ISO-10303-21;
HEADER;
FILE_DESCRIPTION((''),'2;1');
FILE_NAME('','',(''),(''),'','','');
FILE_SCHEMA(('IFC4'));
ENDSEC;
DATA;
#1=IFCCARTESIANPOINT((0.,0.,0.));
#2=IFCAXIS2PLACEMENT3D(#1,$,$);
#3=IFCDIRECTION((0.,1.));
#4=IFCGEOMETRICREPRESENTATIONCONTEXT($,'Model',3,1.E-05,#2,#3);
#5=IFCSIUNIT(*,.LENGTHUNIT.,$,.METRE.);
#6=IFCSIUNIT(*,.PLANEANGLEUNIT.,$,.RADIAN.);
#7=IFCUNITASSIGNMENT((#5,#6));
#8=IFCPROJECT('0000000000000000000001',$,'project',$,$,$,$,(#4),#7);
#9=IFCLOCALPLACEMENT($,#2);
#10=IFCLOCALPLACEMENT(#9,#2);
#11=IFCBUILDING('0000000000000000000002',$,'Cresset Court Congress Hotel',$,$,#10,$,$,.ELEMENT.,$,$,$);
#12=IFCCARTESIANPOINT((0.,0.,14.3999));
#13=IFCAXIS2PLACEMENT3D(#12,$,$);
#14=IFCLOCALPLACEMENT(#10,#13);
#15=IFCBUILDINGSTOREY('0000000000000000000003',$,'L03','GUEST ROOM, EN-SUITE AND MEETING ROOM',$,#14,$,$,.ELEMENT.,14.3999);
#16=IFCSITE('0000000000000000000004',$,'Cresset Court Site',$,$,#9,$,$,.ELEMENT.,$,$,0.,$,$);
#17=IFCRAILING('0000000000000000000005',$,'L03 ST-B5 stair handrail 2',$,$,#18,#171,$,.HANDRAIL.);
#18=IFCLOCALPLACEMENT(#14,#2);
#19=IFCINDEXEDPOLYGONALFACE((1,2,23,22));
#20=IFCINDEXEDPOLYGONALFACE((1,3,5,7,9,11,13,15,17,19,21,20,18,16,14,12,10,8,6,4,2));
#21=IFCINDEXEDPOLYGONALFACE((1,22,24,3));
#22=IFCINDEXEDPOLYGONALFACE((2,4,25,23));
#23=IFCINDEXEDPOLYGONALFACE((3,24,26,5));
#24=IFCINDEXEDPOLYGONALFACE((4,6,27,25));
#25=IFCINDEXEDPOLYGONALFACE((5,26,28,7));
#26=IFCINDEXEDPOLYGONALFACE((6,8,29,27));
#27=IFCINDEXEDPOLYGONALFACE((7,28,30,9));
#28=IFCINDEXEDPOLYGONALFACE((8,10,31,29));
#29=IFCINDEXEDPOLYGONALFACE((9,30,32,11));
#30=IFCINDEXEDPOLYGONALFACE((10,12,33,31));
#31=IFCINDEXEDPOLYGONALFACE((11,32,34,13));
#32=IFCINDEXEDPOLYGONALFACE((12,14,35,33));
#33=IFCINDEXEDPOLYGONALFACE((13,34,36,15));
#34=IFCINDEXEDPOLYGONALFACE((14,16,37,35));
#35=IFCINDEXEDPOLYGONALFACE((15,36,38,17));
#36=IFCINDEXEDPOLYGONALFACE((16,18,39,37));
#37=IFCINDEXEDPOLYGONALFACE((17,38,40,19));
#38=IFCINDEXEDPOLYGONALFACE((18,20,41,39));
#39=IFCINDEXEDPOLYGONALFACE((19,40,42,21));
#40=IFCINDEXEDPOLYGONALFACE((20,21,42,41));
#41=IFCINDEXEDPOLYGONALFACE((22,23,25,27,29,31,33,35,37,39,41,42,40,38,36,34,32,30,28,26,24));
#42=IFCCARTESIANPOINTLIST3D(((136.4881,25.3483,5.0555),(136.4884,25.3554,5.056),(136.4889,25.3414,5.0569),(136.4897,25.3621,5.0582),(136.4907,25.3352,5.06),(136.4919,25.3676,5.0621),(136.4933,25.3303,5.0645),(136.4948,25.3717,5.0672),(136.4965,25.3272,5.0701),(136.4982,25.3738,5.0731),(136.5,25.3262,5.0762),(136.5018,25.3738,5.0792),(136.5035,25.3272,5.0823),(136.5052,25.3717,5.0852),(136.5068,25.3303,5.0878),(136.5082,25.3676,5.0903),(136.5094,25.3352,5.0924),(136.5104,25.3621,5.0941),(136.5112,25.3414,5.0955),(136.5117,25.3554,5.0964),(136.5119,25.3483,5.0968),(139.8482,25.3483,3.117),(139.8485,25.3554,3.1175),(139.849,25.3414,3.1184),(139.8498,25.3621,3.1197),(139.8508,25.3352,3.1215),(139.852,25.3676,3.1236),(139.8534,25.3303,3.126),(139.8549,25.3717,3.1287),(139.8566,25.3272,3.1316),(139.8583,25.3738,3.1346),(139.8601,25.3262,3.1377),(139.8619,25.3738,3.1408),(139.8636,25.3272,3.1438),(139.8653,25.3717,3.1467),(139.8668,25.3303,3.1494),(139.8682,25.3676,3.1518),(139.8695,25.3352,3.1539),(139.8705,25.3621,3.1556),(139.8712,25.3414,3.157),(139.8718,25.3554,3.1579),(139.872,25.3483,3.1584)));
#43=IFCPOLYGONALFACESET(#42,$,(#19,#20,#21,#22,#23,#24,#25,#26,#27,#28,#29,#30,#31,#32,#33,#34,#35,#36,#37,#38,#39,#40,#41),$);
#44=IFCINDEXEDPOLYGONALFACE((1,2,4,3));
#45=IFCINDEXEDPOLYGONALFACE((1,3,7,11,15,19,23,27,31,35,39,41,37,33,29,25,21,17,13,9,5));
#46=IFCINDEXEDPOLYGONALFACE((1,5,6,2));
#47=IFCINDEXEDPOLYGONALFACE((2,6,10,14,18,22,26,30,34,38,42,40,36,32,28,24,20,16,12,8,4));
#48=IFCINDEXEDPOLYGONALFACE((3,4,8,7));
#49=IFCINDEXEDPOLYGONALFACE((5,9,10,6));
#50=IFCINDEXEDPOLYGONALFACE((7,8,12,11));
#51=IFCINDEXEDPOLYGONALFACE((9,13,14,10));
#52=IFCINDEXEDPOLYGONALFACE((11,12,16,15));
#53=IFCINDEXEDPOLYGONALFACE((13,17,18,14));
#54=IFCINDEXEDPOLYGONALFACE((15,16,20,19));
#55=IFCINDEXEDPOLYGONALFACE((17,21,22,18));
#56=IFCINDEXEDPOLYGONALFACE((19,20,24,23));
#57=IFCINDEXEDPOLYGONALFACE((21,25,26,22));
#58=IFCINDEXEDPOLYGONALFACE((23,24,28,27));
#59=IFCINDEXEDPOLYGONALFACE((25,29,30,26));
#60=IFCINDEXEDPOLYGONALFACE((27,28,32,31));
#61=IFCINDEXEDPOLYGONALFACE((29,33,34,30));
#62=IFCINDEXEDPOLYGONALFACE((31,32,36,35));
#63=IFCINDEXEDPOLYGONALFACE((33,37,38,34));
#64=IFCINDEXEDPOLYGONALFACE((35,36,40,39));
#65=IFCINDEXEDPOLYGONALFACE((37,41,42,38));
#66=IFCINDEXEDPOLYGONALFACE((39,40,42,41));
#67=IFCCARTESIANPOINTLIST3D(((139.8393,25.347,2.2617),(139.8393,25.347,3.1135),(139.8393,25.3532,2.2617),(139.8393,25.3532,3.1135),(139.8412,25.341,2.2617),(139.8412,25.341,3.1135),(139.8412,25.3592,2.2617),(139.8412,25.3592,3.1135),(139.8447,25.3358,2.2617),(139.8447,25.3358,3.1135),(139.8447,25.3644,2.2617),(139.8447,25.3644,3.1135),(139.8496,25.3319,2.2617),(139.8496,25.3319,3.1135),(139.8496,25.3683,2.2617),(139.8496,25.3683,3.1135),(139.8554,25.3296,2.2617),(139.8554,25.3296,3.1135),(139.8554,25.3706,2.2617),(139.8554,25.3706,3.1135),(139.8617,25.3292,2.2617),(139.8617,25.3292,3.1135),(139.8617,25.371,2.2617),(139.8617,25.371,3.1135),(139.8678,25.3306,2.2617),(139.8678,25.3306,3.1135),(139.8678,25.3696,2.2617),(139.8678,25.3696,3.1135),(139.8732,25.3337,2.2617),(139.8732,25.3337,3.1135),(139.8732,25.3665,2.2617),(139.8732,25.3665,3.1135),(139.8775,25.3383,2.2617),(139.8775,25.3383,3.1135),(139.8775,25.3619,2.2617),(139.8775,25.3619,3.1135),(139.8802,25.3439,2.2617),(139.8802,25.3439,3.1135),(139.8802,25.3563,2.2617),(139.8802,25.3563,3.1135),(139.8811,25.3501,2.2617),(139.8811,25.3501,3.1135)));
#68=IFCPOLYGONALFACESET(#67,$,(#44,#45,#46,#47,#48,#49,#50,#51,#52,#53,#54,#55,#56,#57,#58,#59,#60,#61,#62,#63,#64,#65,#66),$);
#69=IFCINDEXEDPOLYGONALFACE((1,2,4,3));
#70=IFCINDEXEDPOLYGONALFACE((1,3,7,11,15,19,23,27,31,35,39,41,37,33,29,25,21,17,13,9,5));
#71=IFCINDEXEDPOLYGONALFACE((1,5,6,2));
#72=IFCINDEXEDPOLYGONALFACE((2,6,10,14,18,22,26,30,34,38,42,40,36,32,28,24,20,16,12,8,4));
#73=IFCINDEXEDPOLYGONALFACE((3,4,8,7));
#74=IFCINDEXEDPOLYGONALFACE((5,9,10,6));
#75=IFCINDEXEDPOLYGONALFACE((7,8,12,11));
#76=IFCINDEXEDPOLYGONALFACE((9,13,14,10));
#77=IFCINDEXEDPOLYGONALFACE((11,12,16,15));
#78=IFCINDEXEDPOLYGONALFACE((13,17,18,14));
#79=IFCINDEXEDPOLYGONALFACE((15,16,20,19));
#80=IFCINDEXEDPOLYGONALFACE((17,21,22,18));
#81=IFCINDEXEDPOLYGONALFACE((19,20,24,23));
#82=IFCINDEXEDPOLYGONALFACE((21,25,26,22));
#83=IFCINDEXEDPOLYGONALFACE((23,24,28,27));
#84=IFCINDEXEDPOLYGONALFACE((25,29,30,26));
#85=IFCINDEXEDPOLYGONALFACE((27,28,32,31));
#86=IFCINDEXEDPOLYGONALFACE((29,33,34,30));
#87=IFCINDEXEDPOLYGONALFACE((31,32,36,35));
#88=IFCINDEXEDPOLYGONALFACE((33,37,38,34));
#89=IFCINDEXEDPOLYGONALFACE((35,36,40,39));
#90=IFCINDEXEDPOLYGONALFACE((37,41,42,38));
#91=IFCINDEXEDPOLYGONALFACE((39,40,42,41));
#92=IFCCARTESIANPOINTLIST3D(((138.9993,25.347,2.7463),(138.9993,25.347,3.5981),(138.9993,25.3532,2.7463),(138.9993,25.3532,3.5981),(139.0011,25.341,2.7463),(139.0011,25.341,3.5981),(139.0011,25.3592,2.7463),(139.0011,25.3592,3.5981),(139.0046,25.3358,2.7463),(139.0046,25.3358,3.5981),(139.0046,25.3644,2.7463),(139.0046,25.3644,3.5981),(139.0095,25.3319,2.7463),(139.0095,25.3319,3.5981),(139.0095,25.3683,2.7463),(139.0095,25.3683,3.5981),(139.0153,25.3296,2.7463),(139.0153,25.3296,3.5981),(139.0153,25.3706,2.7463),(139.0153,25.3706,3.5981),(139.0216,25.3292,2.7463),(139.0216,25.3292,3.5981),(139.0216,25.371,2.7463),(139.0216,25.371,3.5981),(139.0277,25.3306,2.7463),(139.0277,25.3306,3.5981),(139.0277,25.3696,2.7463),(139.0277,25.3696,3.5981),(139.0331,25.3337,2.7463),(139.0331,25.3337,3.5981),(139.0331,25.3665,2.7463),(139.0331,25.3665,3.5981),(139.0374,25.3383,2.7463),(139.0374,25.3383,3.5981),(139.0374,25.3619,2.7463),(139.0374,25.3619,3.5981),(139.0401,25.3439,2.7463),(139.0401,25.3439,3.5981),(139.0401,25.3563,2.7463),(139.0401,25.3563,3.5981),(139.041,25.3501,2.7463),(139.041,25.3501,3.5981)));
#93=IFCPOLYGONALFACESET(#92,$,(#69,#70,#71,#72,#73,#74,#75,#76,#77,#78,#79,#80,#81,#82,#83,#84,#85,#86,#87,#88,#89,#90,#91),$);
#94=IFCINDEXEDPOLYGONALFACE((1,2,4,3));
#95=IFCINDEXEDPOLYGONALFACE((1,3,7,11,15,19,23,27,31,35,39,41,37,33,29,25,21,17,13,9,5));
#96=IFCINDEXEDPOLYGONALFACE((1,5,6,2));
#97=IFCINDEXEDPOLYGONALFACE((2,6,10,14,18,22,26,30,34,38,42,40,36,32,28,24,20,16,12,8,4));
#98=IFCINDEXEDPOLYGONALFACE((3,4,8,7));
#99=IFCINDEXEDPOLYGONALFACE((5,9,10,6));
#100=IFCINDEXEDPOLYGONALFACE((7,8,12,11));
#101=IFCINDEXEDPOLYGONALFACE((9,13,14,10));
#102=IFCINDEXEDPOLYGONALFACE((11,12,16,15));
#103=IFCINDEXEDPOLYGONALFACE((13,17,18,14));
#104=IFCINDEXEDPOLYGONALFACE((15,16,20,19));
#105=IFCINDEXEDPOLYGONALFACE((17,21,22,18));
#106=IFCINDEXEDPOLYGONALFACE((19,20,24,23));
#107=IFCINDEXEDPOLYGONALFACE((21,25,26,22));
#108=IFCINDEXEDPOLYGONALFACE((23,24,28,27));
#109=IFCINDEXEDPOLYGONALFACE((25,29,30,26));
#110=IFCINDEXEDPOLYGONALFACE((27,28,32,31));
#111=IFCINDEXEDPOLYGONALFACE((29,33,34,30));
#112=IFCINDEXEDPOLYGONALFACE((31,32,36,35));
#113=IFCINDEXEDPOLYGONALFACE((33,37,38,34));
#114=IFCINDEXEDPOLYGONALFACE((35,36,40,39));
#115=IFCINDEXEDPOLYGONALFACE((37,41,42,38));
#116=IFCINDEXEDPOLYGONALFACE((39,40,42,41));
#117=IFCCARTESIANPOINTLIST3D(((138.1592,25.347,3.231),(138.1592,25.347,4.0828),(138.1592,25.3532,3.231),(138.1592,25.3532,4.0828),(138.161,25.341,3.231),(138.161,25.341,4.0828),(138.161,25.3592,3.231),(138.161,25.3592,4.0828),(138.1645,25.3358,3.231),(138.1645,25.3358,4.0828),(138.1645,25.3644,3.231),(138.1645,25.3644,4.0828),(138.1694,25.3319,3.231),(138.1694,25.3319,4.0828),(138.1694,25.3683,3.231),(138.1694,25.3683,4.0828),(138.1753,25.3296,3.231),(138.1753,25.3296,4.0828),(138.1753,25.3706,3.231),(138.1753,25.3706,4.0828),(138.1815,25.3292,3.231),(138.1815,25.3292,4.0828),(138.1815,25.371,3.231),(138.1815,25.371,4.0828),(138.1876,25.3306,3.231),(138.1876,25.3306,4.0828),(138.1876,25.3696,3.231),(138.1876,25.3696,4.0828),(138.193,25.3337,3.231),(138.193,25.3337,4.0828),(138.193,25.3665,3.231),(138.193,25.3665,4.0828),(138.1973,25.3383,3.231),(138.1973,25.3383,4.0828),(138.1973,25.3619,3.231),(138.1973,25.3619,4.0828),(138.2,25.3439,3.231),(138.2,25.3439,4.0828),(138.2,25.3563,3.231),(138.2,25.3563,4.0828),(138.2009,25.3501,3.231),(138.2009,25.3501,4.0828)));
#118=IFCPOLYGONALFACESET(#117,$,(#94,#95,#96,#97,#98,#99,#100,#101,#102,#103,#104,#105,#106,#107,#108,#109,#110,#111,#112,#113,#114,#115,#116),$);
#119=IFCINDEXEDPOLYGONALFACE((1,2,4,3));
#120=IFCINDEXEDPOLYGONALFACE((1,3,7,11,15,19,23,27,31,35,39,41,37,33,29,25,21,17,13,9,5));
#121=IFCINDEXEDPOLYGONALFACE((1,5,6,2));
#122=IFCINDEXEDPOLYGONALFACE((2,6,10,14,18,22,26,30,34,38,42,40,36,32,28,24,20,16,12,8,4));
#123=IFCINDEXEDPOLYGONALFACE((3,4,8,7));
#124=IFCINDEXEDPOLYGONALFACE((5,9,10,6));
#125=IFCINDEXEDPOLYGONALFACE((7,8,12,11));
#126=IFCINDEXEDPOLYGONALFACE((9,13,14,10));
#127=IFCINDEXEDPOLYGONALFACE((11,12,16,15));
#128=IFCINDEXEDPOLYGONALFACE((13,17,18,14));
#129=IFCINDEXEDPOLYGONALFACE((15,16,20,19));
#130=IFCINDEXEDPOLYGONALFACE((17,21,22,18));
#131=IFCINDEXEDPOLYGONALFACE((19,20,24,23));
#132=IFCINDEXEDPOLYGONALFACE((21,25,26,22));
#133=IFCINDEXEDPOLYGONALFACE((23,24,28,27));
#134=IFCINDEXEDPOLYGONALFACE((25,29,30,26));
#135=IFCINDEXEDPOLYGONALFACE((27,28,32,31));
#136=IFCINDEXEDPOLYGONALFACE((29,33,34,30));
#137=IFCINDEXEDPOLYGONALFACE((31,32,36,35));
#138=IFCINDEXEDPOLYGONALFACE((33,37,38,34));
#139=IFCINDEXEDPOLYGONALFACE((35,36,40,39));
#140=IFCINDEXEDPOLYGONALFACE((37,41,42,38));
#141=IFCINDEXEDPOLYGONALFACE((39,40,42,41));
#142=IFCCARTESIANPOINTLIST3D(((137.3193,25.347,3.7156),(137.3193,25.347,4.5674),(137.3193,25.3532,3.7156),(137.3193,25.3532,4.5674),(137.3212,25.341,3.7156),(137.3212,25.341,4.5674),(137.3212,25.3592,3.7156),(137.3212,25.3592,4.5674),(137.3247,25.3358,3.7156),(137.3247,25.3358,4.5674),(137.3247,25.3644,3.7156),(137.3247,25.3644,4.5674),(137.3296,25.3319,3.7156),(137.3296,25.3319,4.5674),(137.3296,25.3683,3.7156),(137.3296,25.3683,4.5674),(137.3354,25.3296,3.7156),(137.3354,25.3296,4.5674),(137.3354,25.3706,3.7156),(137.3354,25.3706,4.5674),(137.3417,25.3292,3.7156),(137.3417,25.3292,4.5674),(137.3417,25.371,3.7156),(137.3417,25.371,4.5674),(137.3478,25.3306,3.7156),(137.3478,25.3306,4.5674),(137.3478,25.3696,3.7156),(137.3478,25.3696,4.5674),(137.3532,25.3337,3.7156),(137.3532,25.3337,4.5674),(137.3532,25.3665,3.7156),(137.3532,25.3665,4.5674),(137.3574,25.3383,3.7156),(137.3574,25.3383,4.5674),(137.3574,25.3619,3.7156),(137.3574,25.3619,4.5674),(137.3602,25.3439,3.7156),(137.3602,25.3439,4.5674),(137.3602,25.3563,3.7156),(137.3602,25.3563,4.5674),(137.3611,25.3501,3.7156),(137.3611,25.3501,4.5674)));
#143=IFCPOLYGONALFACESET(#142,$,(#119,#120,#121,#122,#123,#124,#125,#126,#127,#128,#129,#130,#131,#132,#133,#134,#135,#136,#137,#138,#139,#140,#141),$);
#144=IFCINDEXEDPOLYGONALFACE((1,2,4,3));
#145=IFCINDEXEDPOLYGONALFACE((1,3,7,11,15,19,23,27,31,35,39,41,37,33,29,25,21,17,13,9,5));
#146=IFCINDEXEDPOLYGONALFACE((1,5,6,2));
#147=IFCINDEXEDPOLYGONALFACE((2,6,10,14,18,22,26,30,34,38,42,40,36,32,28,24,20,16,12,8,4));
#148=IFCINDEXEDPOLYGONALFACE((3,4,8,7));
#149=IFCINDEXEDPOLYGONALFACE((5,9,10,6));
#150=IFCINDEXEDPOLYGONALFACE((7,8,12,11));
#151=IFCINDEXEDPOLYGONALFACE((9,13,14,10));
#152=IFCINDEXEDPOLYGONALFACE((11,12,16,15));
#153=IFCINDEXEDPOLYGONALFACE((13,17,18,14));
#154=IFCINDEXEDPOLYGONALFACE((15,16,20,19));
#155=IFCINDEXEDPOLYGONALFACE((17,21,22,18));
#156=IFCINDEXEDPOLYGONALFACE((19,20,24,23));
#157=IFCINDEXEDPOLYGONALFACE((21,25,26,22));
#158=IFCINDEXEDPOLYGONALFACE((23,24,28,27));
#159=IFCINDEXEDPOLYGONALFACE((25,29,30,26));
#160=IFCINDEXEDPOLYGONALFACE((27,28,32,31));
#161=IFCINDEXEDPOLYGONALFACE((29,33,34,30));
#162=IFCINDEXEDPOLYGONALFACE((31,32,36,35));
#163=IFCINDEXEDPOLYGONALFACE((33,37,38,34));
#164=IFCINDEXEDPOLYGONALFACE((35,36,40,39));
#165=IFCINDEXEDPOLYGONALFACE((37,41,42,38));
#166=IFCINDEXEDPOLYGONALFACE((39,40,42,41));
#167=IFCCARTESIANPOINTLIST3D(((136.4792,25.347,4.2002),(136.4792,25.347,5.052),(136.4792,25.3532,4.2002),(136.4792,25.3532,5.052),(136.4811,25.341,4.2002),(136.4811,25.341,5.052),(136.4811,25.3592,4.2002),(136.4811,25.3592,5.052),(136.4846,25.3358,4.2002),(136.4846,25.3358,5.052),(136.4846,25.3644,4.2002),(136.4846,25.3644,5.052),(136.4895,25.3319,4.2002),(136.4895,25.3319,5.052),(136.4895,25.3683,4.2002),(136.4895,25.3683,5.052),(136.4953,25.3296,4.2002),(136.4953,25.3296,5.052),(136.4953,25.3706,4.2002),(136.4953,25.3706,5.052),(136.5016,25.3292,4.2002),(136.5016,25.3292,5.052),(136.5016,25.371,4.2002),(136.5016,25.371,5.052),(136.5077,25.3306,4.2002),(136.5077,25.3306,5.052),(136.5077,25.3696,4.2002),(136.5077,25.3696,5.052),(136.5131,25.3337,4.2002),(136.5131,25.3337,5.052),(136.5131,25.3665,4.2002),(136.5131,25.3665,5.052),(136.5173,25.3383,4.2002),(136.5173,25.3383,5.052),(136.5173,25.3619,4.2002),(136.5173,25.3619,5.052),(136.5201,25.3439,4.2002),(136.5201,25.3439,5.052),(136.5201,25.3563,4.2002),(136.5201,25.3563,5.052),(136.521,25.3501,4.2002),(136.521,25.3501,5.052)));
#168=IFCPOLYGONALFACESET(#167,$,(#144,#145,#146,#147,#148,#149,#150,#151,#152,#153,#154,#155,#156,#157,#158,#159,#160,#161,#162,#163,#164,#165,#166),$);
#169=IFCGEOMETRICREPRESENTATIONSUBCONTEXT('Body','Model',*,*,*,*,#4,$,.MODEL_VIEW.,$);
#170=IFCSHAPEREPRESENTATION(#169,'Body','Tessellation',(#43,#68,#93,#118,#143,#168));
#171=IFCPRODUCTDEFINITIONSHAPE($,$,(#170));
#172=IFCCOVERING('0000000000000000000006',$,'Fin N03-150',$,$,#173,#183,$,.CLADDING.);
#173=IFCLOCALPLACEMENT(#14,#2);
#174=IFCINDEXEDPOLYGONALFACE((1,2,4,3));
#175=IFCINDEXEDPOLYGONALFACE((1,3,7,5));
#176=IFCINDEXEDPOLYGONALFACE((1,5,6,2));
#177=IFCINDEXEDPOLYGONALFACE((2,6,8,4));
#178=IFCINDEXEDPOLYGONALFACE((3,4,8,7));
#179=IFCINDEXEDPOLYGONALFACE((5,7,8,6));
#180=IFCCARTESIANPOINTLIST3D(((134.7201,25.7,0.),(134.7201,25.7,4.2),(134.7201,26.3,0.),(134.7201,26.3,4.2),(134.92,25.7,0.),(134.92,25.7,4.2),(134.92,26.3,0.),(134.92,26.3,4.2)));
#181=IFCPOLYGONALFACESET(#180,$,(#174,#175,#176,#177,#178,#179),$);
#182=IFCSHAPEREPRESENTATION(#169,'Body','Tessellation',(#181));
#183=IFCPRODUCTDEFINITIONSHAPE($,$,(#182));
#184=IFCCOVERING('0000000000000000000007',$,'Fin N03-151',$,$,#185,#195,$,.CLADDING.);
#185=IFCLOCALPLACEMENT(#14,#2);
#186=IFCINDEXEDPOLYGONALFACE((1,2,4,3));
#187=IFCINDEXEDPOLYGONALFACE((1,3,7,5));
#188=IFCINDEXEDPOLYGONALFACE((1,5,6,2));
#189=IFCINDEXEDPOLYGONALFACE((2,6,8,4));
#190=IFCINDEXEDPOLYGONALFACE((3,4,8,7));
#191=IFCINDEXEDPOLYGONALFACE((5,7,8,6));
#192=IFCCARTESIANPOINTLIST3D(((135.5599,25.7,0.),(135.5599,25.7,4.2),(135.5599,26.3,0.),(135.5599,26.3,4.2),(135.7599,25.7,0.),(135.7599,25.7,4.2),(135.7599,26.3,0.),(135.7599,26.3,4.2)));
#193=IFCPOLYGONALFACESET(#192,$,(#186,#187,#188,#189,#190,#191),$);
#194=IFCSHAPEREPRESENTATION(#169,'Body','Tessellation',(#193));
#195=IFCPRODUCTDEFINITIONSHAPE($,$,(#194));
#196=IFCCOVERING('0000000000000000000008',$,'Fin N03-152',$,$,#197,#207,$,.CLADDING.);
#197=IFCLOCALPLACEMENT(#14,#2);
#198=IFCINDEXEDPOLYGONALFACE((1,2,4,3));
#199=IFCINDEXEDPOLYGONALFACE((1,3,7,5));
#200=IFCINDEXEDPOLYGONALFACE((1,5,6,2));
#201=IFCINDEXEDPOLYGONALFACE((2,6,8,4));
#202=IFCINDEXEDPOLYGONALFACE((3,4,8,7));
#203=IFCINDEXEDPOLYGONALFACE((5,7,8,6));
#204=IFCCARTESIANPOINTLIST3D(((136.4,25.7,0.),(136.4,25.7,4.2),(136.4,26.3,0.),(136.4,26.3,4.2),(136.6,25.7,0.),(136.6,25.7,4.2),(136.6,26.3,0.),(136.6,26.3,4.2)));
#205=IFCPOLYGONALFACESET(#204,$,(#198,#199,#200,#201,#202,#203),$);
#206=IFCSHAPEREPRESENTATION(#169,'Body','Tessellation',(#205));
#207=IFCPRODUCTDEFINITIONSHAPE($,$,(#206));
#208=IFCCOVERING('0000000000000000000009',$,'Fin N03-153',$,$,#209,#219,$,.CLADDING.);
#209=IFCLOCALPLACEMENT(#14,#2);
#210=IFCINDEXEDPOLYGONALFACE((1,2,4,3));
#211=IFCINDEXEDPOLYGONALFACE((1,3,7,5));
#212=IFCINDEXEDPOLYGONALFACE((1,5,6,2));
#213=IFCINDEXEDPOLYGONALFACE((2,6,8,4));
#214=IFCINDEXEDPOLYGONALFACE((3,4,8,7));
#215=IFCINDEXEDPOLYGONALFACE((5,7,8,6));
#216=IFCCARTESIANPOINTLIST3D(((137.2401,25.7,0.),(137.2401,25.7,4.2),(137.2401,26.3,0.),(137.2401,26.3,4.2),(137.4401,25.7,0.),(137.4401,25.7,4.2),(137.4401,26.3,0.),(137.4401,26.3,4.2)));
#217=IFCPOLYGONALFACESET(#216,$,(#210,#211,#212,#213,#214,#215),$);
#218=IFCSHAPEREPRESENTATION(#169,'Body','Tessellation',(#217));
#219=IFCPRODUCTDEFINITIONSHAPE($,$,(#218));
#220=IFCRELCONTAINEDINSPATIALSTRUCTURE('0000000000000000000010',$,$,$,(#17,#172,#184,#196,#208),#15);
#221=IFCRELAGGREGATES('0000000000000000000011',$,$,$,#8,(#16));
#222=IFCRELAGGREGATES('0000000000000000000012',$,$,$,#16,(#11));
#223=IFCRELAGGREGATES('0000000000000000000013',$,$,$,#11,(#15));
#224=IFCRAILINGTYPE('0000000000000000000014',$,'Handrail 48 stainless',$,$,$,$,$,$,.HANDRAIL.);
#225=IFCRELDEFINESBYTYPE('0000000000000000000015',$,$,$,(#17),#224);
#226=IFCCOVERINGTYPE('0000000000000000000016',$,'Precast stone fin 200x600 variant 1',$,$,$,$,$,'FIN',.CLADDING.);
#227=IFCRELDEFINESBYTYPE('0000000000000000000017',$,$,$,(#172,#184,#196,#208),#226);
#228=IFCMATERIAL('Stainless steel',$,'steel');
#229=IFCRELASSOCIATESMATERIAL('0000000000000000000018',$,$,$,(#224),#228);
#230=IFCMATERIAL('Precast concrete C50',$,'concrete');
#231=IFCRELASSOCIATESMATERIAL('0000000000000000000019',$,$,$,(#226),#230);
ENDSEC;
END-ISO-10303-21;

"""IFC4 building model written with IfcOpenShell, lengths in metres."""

from ifc_helpers import new_model, si_unit, direction, frame, origin, origin_2d, place, context, subcontext, project, spatial, rectangle, circle, extrude, material, type_object, element, save


model = new_model("IFC4")

# Units and contexts
model_context = context("Model", 3, precision=1e-05, world=origin(), true_north=direction((0.0, 1.0)))
body_context = subcontext(model_context, "Body", "Model", "MODEL_VIEW")
ifc_project = project(units=[si_unit("LENGTHUNIT", "METRE"), si_unit("PLANEANGLEUNIT", "RADIAN")], contexts=[model_context])

# Site, building, storey
site_placement = place(None, origin())
site = spatial("IfcSite", under=ifc_project, at=site_placement, Name="Cresset Court Site", CompositionType="ELEMENT", RefElevation=0.0)
building_placement = place(site_placement, origin())
building = spatial("IfcBuilding", under=site, at=building_placement, Name="Cresset Court Congress Hotel", CompositionType="ELEMENT")
storey_placement = place(building_placement, frame((0.0, 0.0, 14.3999)))
storey = spatial("IfcBuildingStorey", under=building, at=storey_placement, Name="L03", Description="GUEST ROOM, EN-SUITE AND MEETING ROOM", CompositionType="ELEMENT", Elevation=14.3999)

# Railing
ifc_material_1 = material(Name="Stainless steel", Category="steel")
railing_type_1 = type_object("IfcRailingType", Name="Handrail 48 stainless", PredefinedType="HANDRAIL", material=ifc_material_1)
railing_1_placement = place(storey_placement, frame((139.8601, 25.3501, 2.2617)))
element("IfcRailing", 1, at=railing_1_placement, inside=storey, type_object=railing_type_1, Name="L03 ST-B5 stair handrail 2", PredefinedType="HANDRAIL", context=body_context, shape_type="SweptSolid", body=[
    extrude(circle(Radius=0.0239, at=origin_2d()), frame((0.0, 0.0, 0.876), z_axis=(-0.866191, 0.0, 0.499713), x_axis=(0.0, -1.0, 0.0)), (0.0, 0.0, 1.0), 3.8792),
    extrude(circle(Radius=0.021, at=origin_2d()), origin(), (0.0, 0.0, 1.0), 0.8518),
    extrude(circle(Radius=0.021, at=origin_2d()), frame((-0.8401, 0.0, 0.4846)), (0.0, 0.0, 1.0), 0.8518),
    extrude(circle(Radius=0.021, at=origin_2d()), frame((-1.6802, 0.0, 0.9692)), (0.0, 0.0, 1.0), 0.8518),
    extrude(circle(Radius=0.021, at=origin_2d()), frame((-2.52, 0.0, 1.4539)), (0.0, 0.0, 1.0), 0.8518),
    extrude(circle(Radius=0.021, at=origin_2d()), frame((-3.3601, 0.0, 1.9385)), (0.0, 0.0, 1.0), 0.8518),
])

# Coverings
ifc_material_2 = material(Name="Precast concrete C50", Category="concrete")
covering_type_1 = type_object("IfcCoveringType", Name="Precast stone fin 200x600 variant 1", ElementType="FIN", PredefinedType="CLADDING", material=ifc_material_2)
for number, where, z_axis, x_axis, name in (
    (2, (134.8201, 26.0, 0.0), (0.0, 0.0, 1.0), (1.0, 0.0, 0.0), "Fin N03-150"),
    (3, (135.6599, 26.0, 0.0), (0.0, 0.0, 1.0), (1.0, 0.0, 0.0), "Fin N03-151"),
    (4, (136.5, 26.0, 0.0), (0.0, 0.0, 1.0), (1.0, 0.0, 0.0), "Fin N03-152"),
    (5, (137.3401, 26.0, 0.0), (0.0, 0.0, 1.0), (1.0, 0.0, 0.0), "Fin N03-153"),
):
    element("IfcCovering", number, at=place(storey_placement, frame(where, z_axis=z_axis, x_axis=x_axis)), inside=storey, type_object=covering_type_1, Name=name, PredefinedType="CLADDING", context=body_context, shape_type="SweptSolid", body=[
        extrude(rectangle(XDim=0.2, YDim=0.6001, at=origin_2d()), origin(), (0.0, 0.0, 1.0), 4.2),
    ])

save(model, "model.ifc")
